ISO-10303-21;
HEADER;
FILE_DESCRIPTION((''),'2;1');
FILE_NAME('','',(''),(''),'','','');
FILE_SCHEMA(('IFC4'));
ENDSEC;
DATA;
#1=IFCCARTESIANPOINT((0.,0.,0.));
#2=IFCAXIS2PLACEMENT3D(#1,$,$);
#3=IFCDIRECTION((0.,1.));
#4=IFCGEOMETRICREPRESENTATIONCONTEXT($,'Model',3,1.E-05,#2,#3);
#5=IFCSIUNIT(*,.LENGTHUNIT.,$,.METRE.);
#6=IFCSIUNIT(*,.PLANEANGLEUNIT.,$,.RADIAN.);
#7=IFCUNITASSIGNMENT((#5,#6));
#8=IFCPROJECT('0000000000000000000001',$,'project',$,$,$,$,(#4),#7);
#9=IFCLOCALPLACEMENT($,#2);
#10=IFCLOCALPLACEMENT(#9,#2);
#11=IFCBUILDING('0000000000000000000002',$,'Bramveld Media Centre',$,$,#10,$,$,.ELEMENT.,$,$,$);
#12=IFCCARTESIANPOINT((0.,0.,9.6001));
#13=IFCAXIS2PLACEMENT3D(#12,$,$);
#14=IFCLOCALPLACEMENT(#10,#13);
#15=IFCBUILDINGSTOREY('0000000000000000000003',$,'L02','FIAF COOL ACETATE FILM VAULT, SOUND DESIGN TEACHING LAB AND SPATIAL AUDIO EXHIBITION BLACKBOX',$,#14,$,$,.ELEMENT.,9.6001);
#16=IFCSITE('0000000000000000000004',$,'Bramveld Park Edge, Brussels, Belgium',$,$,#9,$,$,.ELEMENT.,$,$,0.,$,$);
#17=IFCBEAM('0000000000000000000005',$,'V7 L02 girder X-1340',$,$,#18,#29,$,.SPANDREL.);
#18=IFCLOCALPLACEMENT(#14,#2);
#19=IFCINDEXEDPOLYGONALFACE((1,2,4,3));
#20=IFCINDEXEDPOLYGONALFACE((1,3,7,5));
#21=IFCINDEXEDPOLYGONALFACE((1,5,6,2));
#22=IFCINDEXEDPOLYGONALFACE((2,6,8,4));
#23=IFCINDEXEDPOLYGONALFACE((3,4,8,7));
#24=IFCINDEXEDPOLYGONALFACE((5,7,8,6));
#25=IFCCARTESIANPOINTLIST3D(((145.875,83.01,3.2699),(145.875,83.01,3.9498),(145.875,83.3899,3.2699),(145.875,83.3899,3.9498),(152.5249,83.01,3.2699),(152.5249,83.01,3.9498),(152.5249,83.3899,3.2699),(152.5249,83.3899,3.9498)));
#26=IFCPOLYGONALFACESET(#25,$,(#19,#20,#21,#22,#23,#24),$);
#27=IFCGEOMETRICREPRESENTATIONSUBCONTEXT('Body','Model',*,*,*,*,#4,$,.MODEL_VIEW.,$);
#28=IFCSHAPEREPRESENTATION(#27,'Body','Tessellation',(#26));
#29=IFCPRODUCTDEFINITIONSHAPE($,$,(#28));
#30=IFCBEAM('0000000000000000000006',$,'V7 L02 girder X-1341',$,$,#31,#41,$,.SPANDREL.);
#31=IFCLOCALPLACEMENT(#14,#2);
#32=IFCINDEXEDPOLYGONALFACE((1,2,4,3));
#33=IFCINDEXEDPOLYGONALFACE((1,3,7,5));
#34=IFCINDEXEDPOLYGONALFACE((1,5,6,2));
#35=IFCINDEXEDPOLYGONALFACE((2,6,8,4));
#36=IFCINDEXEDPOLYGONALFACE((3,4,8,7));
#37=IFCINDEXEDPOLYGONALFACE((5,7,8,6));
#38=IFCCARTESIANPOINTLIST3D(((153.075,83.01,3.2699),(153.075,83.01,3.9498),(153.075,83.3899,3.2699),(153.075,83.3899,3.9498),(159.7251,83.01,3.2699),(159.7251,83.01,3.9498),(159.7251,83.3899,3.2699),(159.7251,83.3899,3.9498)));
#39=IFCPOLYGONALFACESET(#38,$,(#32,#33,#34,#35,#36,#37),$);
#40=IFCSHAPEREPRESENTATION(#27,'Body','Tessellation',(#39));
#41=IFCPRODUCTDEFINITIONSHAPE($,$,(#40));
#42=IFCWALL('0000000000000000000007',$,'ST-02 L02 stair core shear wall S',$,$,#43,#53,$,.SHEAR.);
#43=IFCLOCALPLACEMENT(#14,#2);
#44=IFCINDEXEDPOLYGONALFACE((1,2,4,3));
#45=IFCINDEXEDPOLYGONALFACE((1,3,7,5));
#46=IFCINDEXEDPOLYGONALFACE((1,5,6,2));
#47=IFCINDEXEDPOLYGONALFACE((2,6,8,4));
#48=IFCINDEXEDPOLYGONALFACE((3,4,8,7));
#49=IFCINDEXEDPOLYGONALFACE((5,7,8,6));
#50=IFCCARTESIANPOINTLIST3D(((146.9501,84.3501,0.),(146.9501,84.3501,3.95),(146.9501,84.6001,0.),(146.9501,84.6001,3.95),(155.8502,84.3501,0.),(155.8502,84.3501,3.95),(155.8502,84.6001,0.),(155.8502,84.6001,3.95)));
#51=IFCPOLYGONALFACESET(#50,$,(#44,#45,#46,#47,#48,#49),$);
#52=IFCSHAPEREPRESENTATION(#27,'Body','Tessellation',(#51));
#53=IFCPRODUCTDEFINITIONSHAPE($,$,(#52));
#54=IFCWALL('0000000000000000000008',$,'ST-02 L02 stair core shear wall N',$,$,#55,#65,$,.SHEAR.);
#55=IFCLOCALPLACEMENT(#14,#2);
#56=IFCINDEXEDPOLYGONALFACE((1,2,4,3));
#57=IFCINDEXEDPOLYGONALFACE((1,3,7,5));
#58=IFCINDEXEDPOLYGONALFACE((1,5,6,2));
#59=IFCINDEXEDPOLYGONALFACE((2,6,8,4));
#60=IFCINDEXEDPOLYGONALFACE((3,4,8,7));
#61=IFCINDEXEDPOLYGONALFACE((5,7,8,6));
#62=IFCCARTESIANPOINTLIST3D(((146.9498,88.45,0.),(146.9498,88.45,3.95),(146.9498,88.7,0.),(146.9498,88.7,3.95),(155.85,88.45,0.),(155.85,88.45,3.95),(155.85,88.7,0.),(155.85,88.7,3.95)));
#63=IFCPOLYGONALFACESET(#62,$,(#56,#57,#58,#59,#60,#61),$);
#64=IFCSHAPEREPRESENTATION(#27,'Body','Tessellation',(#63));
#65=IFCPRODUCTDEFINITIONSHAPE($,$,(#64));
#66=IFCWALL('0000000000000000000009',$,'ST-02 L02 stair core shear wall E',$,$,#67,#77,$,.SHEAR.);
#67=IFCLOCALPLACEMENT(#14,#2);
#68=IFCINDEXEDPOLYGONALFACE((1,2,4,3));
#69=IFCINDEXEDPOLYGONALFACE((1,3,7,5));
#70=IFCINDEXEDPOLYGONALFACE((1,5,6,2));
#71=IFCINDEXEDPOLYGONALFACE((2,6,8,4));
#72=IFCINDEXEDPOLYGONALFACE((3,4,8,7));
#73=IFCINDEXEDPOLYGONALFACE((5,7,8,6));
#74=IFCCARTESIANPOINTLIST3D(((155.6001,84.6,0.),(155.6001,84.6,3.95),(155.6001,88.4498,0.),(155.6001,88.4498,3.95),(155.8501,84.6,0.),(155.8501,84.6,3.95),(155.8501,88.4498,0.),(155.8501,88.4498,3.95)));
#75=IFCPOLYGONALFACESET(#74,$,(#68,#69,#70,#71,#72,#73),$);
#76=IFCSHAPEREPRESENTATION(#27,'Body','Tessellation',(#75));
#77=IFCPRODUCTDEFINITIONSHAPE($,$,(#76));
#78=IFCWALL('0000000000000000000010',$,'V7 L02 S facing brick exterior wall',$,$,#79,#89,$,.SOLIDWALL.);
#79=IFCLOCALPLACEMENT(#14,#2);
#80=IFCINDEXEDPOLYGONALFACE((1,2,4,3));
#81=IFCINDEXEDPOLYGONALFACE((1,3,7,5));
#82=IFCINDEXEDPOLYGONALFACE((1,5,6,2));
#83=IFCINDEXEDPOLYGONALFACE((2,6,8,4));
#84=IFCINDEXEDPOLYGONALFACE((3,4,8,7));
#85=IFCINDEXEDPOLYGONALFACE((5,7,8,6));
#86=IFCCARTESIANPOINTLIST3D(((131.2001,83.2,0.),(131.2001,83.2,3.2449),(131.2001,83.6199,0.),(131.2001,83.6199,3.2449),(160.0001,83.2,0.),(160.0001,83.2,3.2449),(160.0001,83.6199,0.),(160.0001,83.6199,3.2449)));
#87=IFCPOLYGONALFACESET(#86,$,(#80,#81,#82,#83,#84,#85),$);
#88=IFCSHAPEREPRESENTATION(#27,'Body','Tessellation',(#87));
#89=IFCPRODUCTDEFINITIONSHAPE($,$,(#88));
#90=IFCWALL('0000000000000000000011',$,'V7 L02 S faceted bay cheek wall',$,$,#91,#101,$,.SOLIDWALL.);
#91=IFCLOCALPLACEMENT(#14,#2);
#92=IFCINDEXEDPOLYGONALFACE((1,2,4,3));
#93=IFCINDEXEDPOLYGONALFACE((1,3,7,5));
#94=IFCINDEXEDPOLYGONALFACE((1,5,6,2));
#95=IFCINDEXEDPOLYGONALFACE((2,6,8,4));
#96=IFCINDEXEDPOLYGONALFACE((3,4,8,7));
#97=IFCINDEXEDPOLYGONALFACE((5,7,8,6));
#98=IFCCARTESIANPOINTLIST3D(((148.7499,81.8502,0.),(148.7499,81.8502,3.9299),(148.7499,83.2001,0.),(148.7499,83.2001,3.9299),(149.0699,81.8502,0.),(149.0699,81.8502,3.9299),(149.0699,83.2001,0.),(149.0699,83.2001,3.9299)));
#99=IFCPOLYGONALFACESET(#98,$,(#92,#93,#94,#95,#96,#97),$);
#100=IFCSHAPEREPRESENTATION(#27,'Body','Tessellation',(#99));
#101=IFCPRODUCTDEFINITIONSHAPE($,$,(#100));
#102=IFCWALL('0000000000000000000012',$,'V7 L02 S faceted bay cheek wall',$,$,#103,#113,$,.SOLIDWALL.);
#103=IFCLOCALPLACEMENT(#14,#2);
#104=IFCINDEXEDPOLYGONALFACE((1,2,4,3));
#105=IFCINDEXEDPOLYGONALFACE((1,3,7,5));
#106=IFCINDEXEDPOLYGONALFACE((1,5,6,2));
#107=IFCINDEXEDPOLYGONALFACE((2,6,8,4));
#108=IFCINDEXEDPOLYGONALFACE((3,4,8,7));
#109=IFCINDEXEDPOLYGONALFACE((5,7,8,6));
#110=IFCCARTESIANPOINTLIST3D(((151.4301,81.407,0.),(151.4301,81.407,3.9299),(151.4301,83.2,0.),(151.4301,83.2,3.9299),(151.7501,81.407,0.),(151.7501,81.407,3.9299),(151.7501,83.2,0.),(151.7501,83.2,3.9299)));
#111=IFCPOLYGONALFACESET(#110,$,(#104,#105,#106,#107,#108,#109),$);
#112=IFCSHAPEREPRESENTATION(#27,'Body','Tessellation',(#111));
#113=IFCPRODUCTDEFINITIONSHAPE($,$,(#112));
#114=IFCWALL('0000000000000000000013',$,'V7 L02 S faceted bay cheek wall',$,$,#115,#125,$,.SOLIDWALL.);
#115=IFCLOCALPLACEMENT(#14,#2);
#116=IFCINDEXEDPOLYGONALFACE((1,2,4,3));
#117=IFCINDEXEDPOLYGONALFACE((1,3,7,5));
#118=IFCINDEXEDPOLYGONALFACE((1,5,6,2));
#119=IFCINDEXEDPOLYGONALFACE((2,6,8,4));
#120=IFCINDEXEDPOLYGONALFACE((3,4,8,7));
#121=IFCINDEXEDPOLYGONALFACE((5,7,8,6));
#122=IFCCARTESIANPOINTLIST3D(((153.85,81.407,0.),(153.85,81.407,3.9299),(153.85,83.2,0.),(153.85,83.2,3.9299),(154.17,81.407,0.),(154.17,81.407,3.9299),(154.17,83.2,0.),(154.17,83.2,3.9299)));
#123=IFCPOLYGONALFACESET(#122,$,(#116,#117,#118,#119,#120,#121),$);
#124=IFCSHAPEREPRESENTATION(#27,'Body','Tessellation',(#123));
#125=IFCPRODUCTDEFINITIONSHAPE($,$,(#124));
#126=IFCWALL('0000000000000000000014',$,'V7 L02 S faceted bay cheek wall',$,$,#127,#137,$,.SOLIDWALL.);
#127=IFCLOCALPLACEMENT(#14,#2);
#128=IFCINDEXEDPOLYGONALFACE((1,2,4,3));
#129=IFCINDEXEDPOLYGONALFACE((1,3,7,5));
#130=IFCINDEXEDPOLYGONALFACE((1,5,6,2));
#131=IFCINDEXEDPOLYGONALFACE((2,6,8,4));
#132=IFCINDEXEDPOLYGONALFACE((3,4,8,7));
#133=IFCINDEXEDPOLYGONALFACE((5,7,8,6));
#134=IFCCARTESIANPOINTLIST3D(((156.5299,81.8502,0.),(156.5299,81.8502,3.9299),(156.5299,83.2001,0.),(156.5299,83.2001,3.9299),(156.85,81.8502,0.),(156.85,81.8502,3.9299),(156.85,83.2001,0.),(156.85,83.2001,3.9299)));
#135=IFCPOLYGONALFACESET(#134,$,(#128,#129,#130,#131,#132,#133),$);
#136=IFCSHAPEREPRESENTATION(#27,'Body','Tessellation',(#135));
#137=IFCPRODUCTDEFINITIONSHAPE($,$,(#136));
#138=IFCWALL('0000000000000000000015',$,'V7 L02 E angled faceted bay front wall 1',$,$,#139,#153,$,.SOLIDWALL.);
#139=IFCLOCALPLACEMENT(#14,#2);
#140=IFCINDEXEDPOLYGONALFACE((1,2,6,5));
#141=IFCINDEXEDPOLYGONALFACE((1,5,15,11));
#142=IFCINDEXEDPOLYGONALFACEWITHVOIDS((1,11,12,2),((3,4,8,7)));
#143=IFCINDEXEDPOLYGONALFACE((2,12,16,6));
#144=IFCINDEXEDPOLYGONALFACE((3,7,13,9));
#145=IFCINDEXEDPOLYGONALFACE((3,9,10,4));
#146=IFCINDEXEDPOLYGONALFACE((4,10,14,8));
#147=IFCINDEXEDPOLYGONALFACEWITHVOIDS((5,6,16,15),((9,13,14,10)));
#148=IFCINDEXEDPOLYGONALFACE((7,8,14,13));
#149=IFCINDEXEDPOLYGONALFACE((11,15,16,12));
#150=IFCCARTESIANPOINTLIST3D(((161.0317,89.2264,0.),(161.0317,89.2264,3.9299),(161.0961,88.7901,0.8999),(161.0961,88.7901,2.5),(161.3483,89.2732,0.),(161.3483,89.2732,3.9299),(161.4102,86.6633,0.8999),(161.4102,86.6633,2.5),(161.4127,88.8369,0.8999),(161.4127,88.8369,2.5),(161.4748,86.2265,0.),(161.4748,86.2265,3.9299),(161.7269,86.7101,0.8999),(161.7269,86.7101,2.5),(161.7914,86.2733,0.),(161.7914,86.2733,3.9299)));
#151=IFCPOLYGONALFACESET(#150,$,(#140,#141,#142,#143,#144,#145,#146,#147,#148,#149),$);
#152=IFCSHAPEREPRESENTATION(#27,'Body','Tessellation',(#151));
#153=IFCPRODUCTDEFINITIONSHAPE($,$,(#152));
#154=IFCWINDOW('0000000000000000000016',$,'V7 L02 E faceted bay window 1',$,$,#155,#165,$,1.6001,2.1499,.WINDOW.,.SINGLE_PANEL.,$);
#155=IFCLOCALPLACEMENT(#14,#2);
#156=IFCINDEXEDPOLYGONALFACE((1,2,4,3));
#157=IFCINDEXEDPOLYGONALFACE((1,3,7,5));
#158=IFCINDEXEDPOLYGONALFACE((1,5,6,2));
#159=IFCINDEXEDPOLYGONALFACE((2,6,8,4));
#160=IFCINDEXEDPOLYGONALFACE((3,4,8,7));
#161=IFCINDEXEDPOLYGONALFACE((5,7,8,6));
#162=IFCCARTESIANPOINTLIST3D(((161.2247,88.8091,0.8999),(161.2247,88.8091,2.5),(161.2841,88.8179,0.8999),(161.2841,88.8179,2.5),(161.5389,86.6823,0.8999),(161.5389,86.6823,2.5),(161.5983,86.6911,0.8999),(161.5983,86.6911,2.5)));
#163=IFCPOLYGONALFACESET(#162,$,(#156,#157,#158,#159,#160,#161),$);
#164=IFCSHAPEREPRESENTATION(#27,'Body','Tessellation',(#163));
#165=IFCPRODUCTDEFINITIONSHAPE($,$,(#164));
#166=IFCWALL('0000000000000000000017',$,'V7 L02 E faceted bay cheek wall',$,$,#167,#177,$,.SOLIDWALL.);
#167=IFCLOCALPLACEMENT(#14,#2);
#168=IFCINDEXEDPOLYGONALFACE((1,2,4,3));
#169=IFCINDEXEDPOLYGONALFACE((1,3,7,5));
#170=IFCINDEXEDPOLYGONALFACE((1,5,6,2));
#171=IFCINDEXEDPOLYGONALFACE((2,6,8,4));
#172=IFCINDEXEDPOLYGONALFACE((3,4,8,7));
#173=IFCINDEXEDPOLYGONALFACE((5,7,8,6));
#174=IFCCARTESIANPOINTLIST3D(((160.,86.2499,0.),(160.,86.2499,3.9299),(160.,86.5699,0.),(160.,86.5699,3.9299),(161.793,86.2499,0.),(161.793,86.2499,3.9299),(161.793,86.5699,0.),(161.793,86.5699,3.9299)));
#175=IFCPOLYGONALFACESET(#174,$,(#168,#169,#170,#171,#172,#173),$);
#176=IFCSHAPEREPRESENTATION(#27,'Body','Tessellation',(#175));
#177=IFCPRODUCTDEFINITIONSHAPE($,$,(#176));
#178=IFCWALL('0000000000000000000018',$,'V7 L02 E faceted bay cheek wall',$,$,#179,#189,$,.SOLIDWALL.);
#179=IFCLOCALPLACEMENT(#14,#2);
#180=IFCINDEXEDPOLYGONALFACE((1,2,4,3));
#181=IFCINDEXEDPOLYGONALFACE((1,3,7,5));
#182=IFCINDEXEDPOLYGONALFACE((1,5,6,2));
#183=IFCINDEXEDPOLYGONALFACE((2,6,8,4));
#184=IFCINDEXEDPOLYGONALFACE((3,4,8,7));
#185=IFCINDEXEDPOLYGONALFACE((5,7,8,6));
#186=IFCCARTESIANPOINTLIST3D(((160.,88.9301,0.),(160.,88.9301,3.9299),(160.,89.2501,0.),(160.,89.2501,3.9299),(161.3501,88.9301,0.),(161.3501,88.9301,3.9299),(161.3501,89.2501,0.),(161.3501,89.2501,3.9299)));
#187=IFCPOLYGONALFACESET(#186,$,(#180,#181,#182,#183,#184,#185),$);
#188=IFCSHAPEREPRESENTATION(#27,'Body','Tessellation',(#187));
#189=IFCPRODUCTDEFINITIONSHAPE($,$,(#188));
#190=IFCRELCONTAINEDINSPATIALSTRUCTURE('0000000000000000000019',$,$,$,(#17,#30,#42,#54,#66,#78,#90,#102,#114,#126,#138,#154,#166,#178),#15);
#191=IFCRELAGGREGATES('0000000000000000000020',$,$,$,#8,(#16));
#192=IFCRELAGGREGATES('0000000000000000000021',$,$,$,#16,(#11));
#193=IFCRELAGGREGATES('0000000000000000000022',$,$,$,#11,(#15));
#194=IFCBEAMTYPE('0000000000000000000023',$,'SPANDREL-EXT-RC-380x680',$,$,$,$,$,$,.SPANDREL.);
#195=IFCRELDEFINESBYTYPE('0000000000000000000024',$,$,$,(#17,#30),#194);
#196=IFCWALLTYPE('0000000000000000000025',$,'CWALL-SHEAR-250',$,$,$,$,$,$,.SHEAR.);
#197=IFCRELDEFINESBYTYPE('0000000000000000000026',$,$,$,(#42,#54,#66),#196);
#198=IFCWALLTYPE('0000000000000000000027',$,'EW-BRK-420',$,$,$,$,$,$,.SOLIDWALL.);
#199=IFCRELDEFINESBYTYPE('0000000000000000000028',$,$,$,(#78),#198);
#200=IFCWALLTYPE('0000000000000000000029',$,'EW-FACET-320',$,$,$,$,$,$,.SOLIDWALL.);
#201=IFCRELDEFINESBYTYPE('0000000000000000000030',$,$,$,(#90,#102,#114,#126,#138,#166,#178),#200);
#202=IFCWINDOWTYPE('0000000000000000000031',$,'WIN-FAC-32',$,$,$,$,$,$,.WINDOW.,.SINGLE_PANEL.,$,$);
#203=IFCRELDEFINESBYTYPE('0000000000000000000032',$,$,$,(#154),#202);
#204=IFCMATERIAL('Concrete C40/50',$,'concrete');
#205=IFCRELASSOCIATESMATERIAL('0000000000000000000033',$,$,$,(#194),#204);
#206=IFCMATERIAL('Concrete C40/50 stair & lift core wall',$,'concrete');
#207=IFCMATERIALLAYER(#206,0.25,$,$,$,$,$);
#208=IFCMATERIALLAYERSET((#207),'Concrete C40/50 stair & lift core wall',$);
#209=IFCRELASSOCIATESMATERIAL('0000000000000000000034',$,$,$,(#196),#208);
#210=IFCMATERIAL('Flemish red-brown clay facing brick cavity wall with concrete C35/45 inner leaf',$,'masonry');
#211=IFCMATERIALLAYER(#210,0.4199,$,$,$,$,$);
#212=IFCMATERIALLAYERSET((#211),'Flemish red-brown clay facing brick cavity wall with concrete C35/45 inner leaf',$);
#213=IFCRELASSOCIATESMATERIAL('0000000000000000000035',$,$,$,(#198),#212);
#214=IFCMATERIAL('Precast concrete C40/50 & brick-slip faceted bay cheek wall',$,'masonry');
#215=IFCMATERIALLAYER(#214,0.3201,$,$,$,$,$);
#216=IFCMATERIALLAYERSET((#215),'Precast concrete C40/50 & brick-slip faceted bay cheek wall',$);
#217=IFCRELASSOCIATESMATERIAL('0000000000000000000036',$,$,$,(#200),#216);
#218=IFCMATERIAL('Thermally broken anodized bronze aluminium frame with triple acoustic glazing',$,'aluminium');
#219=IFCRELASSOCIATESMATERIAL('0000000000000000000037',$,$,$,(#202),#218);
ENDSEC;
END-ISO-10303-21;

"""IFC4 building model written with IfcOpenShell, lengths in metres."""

from ifc_helpers import new_model, si_unit, direction, frame, frame_2d, origin, origin_2d, place, context, subcontext, project, spatial, rectangle, extrude, material, layer, layer_set, material_profile, profile_set, type_object, element, fill, save


model = new_model("IFC4")

# Units and contexts
model_context = context("Model", 3, precision=1e-05, world=origin(), true_north=direction((0.0, 1.0)))
body_context = subcontext(model_context, "Body", "Model", "MODEL_VIEW")
ifc_project = project(units=[si_unit("LENGTHUNIT", "METRE"), si_unit("PLANEANGLEUNIT", "RADIAN")], contexts=[model_context])

# Site, building, storey
site_placement = place(None, origin())
site = spatial("IfcSite", under=ifc_project, at=site_placement, Name="Bramveld Park Edge, Brussels, Belgium", CompositionType="ELEMENT", RefElevation=0.0)
building_placement = place(site_placement, origin())
building = spatial("IfcBuilding", under=site, at=building_placement, Name="Bramveld Media Centre", CompositionType="ELEMENT")
storey_placement = place(building_placement, frame((0.0, 0.0, 9.6001)))
storey = spatial("IfcBuildingStorey", under=building, at=storey_placement, Name="L02", Description="FIAF COOL ACETATE FILM VAULT, SOUND DESIGN TEACHING LAB AND SPATIAL AUDIO EXHIBITION BLACKBOX", CompositionType="ELEMENT", Elevation=9.6001)

# Beams
ifc_material_1 = material(Name="Concrete C40/50", Category="concrete")
ifc_material_profile_1 = material_profile(ifc_material_1, rectangle(XDim=0.3799, YDim=0.6799, at=origin_2d()), Name="RC 380x680")
ifc_profile_set_1 = profile_set([ifc_material_profile_1], Name="Concrete C40/50")
beam_type_1 = type_object("IfcBeamType", Name="SPANDREL-EXT-RC-380x680", PredefinedType="SPANDREL", material=ifc_profile_set_1)
beam_1_placement = place(storey_placement, frame((145.875, 83.2, 3.6099), z_axis=(1.0, 0.0, 0.0), x_axis=(0.0, 1.0, 0.0)))
element("IfcBeam", 1, at=beam_1_placement, inside=storey, type_object=beam_type_1, Name="V7 L02 girder X-1340", PredefinedType="SPANDREL", context=body_context, shape_type="SweptSolid", body=[
    extrude(rectangle(XDim=0.3799, YDim=0.6799, at=origin_2d()), origin(), (0.0, 0.0, 1.0), 6.6499),
])
beam_2_placement = place(storey_placement, frame((153.075, 83.2, 3.6099), z_axis=(1.0, 0.0, 0.0), x_axis=(0.0, 1.0, 0.0)))
element("IfcBeam", 2, at=beam_2_placement, inside=storey, type_object=beam_type_1, Name="V7 L02 girder X-1341", PredefinedType="SPANDREL", context=body_context, shape_type="SweptSolid", body=[
    extrude(rectangle(XDim=0.3799, YDim=0.6799, at=origin_2d()), origin(), (0.0, 0.0, 1.0), 6.6501),
])

# Walls
ifc_material_2 = material(Name="Concrete C40/50 stair & lift core wall", Category="concrete")
ifc_layer_1 = layer(ifc_material_2, 0.25)
ifc_layer_set_1 = layer_set([ifc_layer_1], Name="Concrete C40/50 stair & lift core wall")
wall_type_1 = type_object("IfcWallType", Name="CWALL-SHEAR-250", PredefinedType="SHEAR", material=ifc_layer_set_1)
for number, where, z_axis, x_axis, name in (
    (3, (146.95, 84.4751, 0.0), (0.0, 0.0, 1.0), (1.0, 0.0, 0.0), "ST-02 L02 stair core shear wall S"),
    (4, (155.8501, 88.575, 0.0), (0.0, 0.0, 1.0), (-1.0, 0.0, 0.0), "ST-02 L02 stair core shear wall N"),
):
    element("IfcWall", number, at=place(storey_placement, frame(where, z_axis=z_axis, x_axis=x_axis)), inside=storey, type_object=wall_type_1, Name=name, PredefinedType="SHEAR", context=body_context, shape_type="SweptSolid", body=[
        extrude(rectangle(XDim=8.9001, YDim=0.25, at=frame_2d((4.4502, 0.0))), origin(), (0.0, 0.0, 1.0), 3.95),
    ])

# Walls
wall_1_placement = place(storey_placement, frame((155.7251, 84.6001, 0.0), z_axis=(0.0, 0.0, 1.0), x_axis=(0.0, 1.0, 0.0)))
element("IfcWall", 5, at=wall_1_placement, inside=storey, type_object=wall_type_1, Name="ST-02 L02 stair core shear wall E", PredefinedType="SHEAR", context=body_context, shape_type="SweptSolid", body=[
    extrude(rectangle(XDim=3.8499, YDim=0.25, at=frame_2d((1.9248, 0.0))), origin(), (0.0, 0.0, 1.0), 3.95),
])
ifc_material_3 = material(Name="Flemish red-brown clay facing brick cavity wall with concrete C35/45 inner leaf", Category="masonry")
ifc_layer_2 = layer(ifc_material_3, 0.4199)
ifc_layer_set_2 = layer_set([ifc_layer_2], Name="Flemish red-brown clay facing brick cavity wall with concrete C35/45 inner leaf")
wall_type_2 = type_object("IfcWallType", Name="EW-BRK-420", PredefinedType="SOLIDWALL", material=ifc_layer_set_2)
wall_2_placement = place(storey_placement, frame((160.0, 83.4099, 0.0), z_axis=(0.0, 0.0, 1.0), x_axis=(-1.0, 0.0, 0.0)))
element("IfcWall", 6, at=wall_2_placement, inside=storey, type_object=wall_type_2, Name="V7 L02 S facing brick exterior wall", PredefinedType="SOLIDWALL", context=body_context, shape_type="SweptSolid", body=[
    extrude(rectangle(XDim=28.8, YDim=0.4199, at=frame_2d((14.3999, 0.0))), origin(), (0.0, 0.0, 1.0), 3.2449),
])
ifc_material_4 = material(Name="Precast concrete C40/50 & brick-slip faceted bay cheek wall", Category="masonry")
ifc_layer_3 = layer(ifc_material_4, 0.3201)
ifc_layer_set_3 = layer_set([ifc_layer_3], Name="Precast concrete C40/50 & brick-slip faceted bay cheek wall")
wall_type_3 = type_object("IfcWallType", Name="EW-FACET-320", PredefinedType="SOLIDWALL", material=ifc_layer_set_3)
wall_3_placement = place(storey_placement, frame((148.9099, 83.2, 0.0), z_axis=(0.0, 0.0, 1.0), x_axis=(0.0, -1.0, 0.0)))
element("IfcWall", 7, at=wall_3_placement, inside=storey, type_object=wall_type_3, Name="V7 L02 S faceted bay cheek wall", PredefinedType="SOLIDWALL", context=body_context, shape_type="SweptSolid", body=[
    extrude(rectangle(XDim=1.3499, YDim=0.3201, at=frame_2d((0.6748, 0.0))), origin(), (0.0, 0.0, 1.0), 3.9299),
])
for number, where, z_axis, x_axis, name in (
    (8, (151.5901, 83.2, 0.0), (0.0, 0.0, 1.0), (0.0, -1.0, 0.0), "V7 L02 S faceted bay cheek wall"),
    (9, (154.01, 83.2, 0.0), (0.0, 0.0, 1.0), (0.0, -1.0, 0.0), "V7 L02 S faceted bay cheek wall"),
):
    element("IfcWall", number, at=place(storey_placement, frame(where, z_axis=z_axis, x_axis=x_axis)), inside=storey, type_object=wall_type_3, Name=name, PredefinedType="SOLIDWALL", context=body_context, shape_type="SweptSolid", body=[
        extrude(rectangle(XDim=1.793, YDim=0.3201, at=frame_2d((0.8965, 0.0))), origin(), (0.0, 0.0, 1.0), 3.9299),
    ])
wall_4_placement = place(storey_placement, frame((156.6899, 83.2, 0.0), z_axis=(0.0, 0.0, 1.0), x_axis=(0.0, -1.0, 0.0)))
element("IfcWall", 10, at=wall_4_placement, inside=storey, type_object=wall_type_3, Name="V7 L02 S faceted bay cheek wall", PredefinedType="SOLIDWALL", context=body_context, shape_type="SweptSolid", body=[
    extrude(rectangle(XDim=1.3499, YDim=0.3201, at=frame_2d((0.6748, 0.0))), origin(), (0.0, 0.0, 1.0), 3.9299),
])

# Wall, opening, window
wall_5_placement = place(storey_placement, frame((161.6331, 86.25, 0.0), z_axis=(0.0, 0.0, 1.0), x_axis=(-0.14612, 0.989267, 0.0)))
wall_5 = element("IfcWall", 11, at=wall_5_placement, inside=storey, type_object=wall_type_3, Name="V7 L02 E angled faceted bay front wall 1", PredefinedType="SOLIDWALL", context=body_context, shape_type="SweptSolid", body=[
    extrude(rectangle(XDim=3.0325, YDim=0.3201, at=frame_2d((1.5161, 0.0))), origin(), (0.0, 0.0, 1.0), 3.9299),
])
opening_1_placement = place(wall_5_placement, frame((0.4414, 0.0, 0.8999)))
opening_1 = element("IfcOpeningElement", 12, at=opening_1_placement, cuts=wall_5, PredefinedType="OPENING", context=body_context, shape_type="SweptSolid", body=[
    extrude(rectangle(XDim=2.1499, YDim=1.6001, at=frame_2d((1.075, 0.8))), frame((0.0, 0.1719, 0.0), z_axis=(0.0, -1.0, 0.0), x_axis=(1.0, 0.0, 0.0)), (0.0, 0.0, 1.0), 0.344),
])
ifc_material_5 = material(Name="Thermally broken anodized bronze aluminium frame with triple acoustic glazing", Category="aluminium")
window_type = type_object("IfcWindowType", Name="WIN-FAC-32", PartitioningType="SINGLE_PANEL", PredefinedType="WINDOW", material=ifc_material_5)
window_placement = place(opening_1_placement, origin())
window = element("IfcWindow", 13, at=window_placement, inside=storey, type_object=window_type, Name="V7 L02 E faceted bay window 1", OverallHeight=1.6001, OverallWidth=2.1499, PartitioningType="SINGLE_PANEL", PredefinedType="WINDOW", context=body_context, shape_type="SweptSolid", body=[
    extrude(rectangle(XDim=2.1499, YDim=1.6001, at=frame_2d((1.075, 0.8))), frame((0.0, 0.03, 0.0), z_axis=(0.0, -1.0, 0.0), x_axis=(1.0, 0.0, 0.0)), (0.0, 0.0, 1.0), 0.0601),
])
fill(opening_1, window)

# Walls
wall_6_placement = place(storey_placement, frame((160.0, 86.4099, 0.0), z_axis=(0.0, 0.0, 1.0), x_axis=(1.0, 0.0, 0.0)))
element("IfcWall", 14, at=wall_6_placement, inside=storey, type_object=wall_type_3, Name="V7 L02 E faceted bay cheek wall", PredefinedType="SOLIDWALL", context=body_context, shape_type="SweptSolid", body=[
    extrude(rectangle(XDim=1.793, YDim=0.3201, at=frame_2d((0.8965, 0.0))), origin(), (0.0, 0.0, 1.0), 3.9299),
])
wall_7_placement = place(storey_placement, frame((160.0, 89.0901, 0.0), z_axis=(0.0, 0.0, 1.0), x_axis=(1.0, 0.0, 0.0)))
element("IfcWall", 15, at=wall_7_placement, inside=storey, type_object=wall_type_3, Name="V7 L02 E faceted bay cheek wall", PredefinedType="SOLIDWALL", context=body_context, shape_type="SweptSolid", body=[
    extrude(rectangle(XDim=1.3501, YDim=0.3201, at=frame_2d((0.675, 0.0))), origin(), (0.0, 0.0, 1.0), 3.9299),
])

save(model, "model.ifc")
